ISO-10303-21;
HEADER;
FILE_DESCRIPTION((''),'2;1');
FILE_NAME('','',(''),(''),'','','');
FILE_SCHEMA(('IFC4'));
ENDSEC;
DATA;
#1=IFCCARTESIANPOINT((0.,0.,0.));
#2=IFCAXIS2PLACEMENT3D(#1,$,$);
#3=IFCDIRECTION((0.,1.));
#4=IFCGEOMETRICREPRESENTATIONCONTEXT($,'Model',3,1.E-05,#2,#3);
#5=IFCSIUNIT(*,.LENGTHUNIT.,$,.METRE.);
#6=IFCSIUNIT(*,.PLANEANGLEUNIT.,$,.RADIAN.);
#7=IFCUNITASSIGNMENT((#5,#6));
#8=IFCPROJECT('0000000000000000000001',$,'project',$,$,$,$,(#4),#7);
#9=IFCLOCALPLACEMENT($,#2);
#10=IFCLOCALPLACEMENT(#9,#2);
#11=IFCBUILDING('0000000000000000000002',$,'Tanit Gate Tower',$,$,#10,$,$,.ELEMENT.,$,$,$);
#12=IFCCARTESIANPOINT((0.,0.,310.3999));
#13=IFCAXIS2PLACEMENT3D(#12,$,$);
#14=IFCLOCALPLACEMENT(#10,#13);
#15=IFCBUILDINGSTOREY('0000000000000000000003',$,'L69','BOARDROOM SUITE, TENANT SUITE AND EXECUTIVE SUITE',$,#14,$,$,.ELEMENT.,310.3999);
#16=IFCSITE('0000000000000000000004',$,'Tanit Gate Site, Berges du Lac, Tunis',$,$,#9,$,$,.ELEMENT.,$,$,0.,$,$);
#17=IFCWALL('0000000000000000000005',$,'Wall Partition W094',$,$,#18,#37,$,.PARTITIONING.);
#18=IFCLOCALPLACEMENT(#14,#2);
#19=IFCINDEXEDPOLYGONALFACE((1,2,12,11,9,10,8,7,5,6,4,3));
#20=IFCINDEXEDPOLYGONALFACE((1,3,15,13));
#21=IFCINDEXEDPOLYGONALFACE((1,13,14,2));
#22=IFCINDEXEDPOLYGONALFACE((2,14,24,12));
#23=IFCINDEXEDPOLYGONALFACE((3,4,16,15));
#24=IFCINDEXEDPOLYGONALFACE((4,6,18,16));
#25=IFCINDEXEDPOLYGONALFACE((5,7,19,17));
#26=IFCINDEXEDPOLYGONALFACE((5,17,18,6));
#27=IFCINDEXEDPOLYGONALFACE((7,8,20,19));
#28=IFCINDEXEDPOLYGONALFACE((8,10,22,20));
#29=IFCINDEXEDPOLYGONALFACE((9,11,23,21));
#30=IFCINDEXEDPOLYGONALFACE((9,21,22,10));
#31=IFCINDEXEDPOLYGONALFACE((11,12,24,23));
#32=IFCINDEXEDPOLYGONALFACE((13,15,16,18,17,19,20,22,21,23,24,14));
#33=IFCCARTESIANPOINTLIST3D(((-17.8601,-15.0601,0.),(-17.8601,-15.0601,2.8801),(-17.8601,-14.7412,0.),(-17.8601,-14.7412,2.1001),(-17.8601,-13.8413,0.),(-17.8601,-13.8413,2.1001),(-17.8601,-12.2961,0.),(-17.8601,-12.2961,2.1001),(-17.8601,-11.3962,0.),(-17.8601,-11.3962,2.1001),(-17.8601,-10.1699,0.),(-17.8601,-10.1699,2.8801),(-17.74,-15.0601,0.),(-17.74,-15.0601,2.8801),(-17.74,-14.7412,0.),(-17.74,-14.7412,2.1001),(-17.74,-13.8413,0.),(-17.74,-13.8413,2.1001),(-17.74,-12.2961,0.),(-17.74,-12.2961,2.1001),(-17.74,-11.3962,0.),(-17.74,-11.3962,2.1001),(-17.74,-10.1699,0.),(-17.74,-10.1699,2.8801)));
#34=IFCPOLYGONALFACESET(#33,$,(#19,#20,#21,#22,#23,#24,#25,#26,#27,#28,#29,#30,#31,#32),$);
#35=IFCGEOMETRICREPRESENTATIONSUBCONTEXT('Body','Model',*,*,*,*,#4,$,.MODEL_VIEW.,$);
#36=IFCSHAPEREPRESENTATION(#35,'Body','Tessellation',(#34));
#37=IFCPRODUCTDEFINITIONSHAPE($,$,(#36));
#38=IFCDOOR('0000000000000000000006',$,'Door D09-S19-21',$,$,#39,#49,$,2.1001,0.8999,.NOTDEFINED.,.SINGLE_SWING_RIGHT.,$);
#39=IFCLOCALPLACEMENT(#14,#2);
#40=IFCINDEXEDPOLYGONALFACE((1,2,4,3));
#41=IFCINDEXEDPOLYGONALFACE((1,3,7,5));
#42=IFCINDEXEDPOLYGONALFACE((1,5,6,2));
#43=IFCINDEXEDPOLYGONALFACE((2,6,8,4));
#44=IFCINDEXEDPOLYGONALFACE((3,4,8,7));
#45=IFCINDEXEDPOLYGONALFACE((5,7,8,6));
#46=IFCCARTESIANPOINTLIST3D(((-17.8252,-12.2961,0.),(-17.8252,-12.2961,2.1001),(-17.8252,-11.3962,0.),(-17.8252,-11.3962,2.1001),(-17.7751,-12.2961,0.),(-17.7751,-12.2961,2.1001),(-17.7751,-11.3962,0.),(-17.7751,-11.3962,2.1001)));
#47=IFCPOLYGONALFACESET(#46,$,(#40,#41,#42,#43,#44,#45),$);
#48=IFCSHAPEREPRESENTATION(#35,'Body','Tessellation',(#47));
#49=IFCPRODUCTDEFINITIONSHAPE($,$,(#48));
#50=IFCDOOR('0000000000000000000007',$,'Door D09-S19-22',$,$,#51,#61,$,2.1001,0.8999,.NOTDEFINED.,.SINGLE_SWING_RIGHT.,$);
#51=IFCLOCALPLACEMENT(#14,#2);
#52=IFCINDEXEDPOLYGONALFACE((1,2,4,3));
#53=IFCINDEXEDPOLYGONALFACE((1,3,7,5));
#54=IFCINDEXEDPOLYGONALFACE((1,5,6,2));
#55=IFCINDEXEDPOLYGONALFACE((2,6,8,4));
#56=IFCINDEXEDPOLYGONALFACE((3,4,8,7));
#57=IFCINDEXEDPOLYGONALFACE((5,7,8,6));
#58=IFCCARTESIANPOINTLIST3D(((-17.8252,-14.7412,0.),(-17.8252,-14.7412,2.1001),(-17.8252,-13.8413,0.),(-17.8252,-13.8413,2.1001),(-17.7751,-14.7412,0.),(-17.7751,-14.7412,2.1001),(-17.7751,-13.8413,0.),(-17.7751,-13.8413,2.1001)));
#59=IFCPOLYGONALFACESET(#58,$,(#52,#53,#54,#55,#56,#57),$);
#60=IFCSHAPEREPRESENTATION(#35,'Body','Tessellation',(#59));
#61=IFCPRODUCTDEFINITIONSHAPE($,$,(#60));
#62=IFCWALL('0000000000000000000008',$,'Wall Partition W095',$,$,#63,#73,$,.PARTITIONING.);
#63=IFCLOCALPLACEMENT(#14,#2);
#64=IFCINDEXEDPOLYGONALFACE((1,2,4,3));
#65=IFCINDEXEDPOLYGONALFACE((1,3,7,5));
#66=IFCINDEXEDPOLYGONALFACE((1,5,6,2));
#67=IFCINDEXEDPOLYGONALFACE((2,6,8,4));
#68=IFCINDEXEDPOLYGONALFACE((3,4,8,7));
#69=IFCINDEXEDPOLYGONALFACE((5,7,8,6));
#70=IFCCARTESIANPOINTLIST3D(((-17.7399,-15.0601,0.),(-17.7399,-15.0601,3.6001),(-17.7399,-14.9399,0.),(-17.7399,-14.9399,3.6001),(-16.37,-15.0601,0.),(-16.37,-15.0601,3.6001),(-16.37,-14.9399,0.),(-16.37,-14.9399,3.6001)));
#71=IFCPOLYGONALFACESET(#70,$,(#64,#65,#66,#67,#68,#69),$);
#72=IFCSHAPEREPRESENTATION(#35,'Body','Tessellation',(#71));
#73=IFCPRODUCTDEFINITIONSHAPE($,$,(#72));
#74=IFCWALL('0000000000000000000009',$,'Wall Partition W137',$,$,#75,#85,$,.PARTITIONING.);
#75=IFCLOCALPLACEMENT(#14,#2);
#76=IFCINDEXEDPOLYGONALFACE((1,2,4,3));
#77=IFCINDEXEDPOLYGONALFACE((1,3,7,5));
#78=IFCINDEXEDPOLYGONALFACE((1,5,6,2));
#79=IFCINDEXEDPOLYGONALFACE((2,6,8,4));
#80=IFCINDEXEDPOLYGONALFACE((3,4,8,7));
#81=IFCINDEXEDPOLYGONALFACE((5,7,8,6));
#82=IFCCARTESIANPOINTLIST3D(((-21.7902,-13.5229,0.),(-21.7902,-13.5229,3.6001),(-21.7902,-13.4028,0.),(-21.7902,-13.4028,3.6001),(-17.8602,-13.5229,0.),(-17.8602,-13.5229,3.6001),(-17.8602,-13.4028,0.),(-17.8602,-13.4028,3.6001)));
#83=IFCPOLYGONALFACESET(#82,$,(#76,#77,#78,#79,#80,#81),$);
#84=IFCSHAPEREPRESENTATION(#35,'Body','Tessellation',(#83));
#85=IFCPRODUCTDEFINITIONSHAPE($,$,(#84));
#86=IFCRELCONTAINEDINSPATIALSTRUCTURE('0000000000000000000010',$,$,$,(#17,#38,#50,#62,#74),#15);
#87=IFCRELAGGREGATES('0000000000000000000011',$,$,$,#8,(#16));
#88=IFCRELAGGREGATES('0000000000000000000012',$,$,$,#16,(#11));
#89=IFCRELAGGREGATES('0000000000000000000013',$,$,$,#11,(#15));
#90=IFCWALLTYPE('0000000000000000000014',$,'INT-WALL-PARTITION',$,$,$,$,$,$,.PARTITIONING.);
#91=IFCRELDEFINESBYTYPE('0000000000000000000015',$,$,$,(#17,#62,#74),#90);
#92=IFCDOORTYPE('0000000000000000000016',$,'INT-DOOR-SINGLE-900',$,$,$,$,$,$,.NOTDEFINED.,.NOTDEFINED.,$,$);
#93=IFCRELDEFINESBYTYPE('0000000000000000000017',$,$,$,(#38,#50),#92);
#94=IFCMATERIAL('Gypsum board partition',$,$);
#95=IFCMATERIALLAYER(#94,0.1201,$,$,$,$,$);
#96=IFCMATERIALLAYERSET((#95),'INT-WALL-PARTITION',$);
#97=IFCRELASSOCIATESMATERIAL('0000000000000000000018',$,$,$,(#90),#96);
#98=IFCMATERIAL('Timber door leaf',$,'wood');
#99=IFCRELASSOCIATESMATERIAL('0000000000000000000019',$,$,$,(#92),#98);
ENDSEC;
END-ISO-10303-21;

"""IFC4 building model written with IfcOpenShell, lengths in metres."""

from ifc_helpers import new_model, si_unit, direction, frame, frame_2d, origin, place, context, subcontext, project, spatial, rectangle, extrude, material, layer, layer_set, type_object, element, fill, save


model = new_model("IFC4")

# Units and contexts
model_context = context("Model", 3, precision=1e-05, world=origin(), true_north=direction((0.0, 1.0)))
body_context = subcontext(model_context, "Body", "Model", "MODEL_VIEW")
ifc_project = project(units=[si_unit("LENGTHUNIT", "METRE"), si_unit("PLANEANGLEUNIT", "RADIAN")], contexts=[model_context])

# Site, building, storey
site_placement = place(None, origin())
site = spatial("IfcSite", under=ifc_project, at=site_placement, Name="Tanit Gate Site, Berges du Lac, Tunis", CompositionType="ELEMENT", RefElevation=0.0)
building_placement = place(site_placement, origin())
building = spatial("IfcBuilding", under=site, at=building_placement, Name="Tanit Gate Tower", CompositionType="ELEMENT")
storey_placement = place(building_placement, frame((0.0, 0.0, 310.3999)))
storey = spatial("IfcBuildingStorey", under=building, at=storey_placement, Name="L69", Description="BOARDROOM SUITE, TENANT SUITE AND EXECUTIVE SUITE", CompositionType="ELEMENT", Elevation=310.3999)

# Wall, openings, doors
ifc_material_1 = material(Name="Gypsum board partition")
ifc_layer_1 = layer(ifc_material_1, 0.1201)
ifc_layer_set_1 = layer_set([ifc_layer_1], Name="INT-WALL-PARTITION")
wall_type_1 = type_object("IfcWallType", Name="INT-WALL-PARTITION", PredefinedType="PARTITIONING", material=ifc_layer_set_1)
wall_1_placement = place(storey_placement, frame((-17.8, -10.1699, 0.0), z_axis=(0.0, 0.0, 1.0), x_axis=(0.0, -1.0, 0.0)))
wall_1 = element("IfcWall", 1, at=wall_1_placement, inside=storey, type_object=wall_type_1, Name="Wall Partition W094", PredefinedType="PARTITIONING", context=body_context, shape_type="SweptSolid", body=[
    extrude(rectangle(XDim=4.8901, YDim=0.1201, at=frame_2d((2.4451, 0.0))), origin(), (0.0, 0.0, 1.0), 2.8801),
])
opening_1_placement = place(wall_1_placement, frame((1.2263, 0.0, 0.0)))
opening_1 = element("IfcOpeningElement", 2, at=opening_1_placement, cuts=wall_1, PredefinedType="OPENING", context=body_context, shape_type="SweptSolid", body=[
    extrude(rectangle(XDim=0.8999, YDim=2.1001, at=frame_2d((0.45, 1.05))), frame((0.0, 0.0701, 0.0), z_axis=(0.0, -1.0, 0.0), x_axis=(1.0, 0.0, 0.0)), (0.0, 0.0, 1.0), 0.1401),
])
opening_2_placement = place(wall_1_placement, frame((3.6714, 0.0, 0.0)))
opening_2 = element("IfcOpeningElement", 3, at=opening_2_placement, cuts=wall_1, PredefinedType="OPENING", context=body_context, shape_type="SweptSolid", body=[
    extrude(rectangle(XDim=0.8999, YDim=2.1001, at=frame_2d((0.45, 1.05))), frame((0.0, 0.0701, 0.0), z_axis=(0.0, -1.0, 0.0), x_axis=(1.0, 0.0, 0.0)), (0.0, 0.0, 1.0), 0.1401),
])
ifc_material_2 = material(Name="Timber door leaf", Category="wood")
door_type_1 = type_object("IfcDoorType", Name="INT-DOOR-SINGLE-900", OperationType="NOTDEFINED", PredefinedType="NOTDEFINED", material=ifc_material_2)
door_1_placement = place(opening_1_placement, origin())
door_1 = element("IfcDoor", 4, at=door_1_placement, inside=storey, type_object=door_type_1, Name="Door D09-S19-21", OperationType="SINGLE_SWING_RIGHT", OverallHeight=2.1001, OverallWidth=0.8999, PredefinedType="NOTDEFINED", context=body_context, shape_type="SweptSolid", body=[
    extrude(rectangle(XDim=0.8999, YDim=2.1001, at=frame_2d((0.45, 1.05))), frame((0.0, 0.0249, 0.0), z_axis=(0.0, -1.0, 0.0), x_axis=(1.0, 0.0, 0.0)), (0.0, 0.0, 1.0), 0.05),
])
fill(opening_1, door_1)
door_2_placement = place(opening_2_placement, origin())
door_2 = element("IfcDoor", 5, at=door_2_placement, inside=storey, type_object=door_type_1, Name="Door D09-S19-22", OperationType="SINGLE_SWING_RIGHT", OverallHeight=2.1001, OverallWidth=0.8999, PredefinedType="NOTDEFINED", context=body_context, shape_type="SweptSolid", body=[
    extrude(rectangle(XDim=0.8999, YDim=2.1001, at=frame_2d((0.45, 1.05))), frame((0.0, 0.0249, 0.0), z_axis=(0.0, -1.0, 0.0), x_axis=(1.0, 0.0, 0.0)), (0.0, 0.0, 1.0), 0.05),
])
fill(opening_2, door_2)

# Walls
wall_2_placement = place(storey_placement, frame((-17.74, -15.0, 0.0), z_axis=(0.0, 0.0, 1.0), x_axis=(1.0, 0.0, 0.0)))
element("IfcWall", 6, at=wall_2_placement, inside=storey, type_object=wall_type_1, Name="Wall Partition W095", PredefinedType="PARTITIONING", context=body_context, shape_type="SweptSolid", body=[
    extrude(rectangle(XDim=1.3699, YDim=0.1201, at=frame_2d((0.6851, 0.0))), origin(), (0.0, 0.0, 1.0), 3.6001),
])
wall_3_placement = place(storey_placement, frame((-21.79, -13.4629, 0.0), z_axis=(0.0, 0.0, 1.0), x_axis=(1.0, 0.0, 0.0)))
element("IfcWall", 7, at=wall_3_placement, inside=storey, type_object=wall_type_1, Name="Wall Partition W137", PredefinedType="PARTITIONING", context=body_context, shape_type="SweptSolid", body=[
    extrude(rectangle(XDim=3.9299, YDim=0.1201, at=frame_2d((1.9648, 0.0))), origin(), (0.0, 0.0, 1.0), 3.6001),
])

save(model, "model.ifc")
